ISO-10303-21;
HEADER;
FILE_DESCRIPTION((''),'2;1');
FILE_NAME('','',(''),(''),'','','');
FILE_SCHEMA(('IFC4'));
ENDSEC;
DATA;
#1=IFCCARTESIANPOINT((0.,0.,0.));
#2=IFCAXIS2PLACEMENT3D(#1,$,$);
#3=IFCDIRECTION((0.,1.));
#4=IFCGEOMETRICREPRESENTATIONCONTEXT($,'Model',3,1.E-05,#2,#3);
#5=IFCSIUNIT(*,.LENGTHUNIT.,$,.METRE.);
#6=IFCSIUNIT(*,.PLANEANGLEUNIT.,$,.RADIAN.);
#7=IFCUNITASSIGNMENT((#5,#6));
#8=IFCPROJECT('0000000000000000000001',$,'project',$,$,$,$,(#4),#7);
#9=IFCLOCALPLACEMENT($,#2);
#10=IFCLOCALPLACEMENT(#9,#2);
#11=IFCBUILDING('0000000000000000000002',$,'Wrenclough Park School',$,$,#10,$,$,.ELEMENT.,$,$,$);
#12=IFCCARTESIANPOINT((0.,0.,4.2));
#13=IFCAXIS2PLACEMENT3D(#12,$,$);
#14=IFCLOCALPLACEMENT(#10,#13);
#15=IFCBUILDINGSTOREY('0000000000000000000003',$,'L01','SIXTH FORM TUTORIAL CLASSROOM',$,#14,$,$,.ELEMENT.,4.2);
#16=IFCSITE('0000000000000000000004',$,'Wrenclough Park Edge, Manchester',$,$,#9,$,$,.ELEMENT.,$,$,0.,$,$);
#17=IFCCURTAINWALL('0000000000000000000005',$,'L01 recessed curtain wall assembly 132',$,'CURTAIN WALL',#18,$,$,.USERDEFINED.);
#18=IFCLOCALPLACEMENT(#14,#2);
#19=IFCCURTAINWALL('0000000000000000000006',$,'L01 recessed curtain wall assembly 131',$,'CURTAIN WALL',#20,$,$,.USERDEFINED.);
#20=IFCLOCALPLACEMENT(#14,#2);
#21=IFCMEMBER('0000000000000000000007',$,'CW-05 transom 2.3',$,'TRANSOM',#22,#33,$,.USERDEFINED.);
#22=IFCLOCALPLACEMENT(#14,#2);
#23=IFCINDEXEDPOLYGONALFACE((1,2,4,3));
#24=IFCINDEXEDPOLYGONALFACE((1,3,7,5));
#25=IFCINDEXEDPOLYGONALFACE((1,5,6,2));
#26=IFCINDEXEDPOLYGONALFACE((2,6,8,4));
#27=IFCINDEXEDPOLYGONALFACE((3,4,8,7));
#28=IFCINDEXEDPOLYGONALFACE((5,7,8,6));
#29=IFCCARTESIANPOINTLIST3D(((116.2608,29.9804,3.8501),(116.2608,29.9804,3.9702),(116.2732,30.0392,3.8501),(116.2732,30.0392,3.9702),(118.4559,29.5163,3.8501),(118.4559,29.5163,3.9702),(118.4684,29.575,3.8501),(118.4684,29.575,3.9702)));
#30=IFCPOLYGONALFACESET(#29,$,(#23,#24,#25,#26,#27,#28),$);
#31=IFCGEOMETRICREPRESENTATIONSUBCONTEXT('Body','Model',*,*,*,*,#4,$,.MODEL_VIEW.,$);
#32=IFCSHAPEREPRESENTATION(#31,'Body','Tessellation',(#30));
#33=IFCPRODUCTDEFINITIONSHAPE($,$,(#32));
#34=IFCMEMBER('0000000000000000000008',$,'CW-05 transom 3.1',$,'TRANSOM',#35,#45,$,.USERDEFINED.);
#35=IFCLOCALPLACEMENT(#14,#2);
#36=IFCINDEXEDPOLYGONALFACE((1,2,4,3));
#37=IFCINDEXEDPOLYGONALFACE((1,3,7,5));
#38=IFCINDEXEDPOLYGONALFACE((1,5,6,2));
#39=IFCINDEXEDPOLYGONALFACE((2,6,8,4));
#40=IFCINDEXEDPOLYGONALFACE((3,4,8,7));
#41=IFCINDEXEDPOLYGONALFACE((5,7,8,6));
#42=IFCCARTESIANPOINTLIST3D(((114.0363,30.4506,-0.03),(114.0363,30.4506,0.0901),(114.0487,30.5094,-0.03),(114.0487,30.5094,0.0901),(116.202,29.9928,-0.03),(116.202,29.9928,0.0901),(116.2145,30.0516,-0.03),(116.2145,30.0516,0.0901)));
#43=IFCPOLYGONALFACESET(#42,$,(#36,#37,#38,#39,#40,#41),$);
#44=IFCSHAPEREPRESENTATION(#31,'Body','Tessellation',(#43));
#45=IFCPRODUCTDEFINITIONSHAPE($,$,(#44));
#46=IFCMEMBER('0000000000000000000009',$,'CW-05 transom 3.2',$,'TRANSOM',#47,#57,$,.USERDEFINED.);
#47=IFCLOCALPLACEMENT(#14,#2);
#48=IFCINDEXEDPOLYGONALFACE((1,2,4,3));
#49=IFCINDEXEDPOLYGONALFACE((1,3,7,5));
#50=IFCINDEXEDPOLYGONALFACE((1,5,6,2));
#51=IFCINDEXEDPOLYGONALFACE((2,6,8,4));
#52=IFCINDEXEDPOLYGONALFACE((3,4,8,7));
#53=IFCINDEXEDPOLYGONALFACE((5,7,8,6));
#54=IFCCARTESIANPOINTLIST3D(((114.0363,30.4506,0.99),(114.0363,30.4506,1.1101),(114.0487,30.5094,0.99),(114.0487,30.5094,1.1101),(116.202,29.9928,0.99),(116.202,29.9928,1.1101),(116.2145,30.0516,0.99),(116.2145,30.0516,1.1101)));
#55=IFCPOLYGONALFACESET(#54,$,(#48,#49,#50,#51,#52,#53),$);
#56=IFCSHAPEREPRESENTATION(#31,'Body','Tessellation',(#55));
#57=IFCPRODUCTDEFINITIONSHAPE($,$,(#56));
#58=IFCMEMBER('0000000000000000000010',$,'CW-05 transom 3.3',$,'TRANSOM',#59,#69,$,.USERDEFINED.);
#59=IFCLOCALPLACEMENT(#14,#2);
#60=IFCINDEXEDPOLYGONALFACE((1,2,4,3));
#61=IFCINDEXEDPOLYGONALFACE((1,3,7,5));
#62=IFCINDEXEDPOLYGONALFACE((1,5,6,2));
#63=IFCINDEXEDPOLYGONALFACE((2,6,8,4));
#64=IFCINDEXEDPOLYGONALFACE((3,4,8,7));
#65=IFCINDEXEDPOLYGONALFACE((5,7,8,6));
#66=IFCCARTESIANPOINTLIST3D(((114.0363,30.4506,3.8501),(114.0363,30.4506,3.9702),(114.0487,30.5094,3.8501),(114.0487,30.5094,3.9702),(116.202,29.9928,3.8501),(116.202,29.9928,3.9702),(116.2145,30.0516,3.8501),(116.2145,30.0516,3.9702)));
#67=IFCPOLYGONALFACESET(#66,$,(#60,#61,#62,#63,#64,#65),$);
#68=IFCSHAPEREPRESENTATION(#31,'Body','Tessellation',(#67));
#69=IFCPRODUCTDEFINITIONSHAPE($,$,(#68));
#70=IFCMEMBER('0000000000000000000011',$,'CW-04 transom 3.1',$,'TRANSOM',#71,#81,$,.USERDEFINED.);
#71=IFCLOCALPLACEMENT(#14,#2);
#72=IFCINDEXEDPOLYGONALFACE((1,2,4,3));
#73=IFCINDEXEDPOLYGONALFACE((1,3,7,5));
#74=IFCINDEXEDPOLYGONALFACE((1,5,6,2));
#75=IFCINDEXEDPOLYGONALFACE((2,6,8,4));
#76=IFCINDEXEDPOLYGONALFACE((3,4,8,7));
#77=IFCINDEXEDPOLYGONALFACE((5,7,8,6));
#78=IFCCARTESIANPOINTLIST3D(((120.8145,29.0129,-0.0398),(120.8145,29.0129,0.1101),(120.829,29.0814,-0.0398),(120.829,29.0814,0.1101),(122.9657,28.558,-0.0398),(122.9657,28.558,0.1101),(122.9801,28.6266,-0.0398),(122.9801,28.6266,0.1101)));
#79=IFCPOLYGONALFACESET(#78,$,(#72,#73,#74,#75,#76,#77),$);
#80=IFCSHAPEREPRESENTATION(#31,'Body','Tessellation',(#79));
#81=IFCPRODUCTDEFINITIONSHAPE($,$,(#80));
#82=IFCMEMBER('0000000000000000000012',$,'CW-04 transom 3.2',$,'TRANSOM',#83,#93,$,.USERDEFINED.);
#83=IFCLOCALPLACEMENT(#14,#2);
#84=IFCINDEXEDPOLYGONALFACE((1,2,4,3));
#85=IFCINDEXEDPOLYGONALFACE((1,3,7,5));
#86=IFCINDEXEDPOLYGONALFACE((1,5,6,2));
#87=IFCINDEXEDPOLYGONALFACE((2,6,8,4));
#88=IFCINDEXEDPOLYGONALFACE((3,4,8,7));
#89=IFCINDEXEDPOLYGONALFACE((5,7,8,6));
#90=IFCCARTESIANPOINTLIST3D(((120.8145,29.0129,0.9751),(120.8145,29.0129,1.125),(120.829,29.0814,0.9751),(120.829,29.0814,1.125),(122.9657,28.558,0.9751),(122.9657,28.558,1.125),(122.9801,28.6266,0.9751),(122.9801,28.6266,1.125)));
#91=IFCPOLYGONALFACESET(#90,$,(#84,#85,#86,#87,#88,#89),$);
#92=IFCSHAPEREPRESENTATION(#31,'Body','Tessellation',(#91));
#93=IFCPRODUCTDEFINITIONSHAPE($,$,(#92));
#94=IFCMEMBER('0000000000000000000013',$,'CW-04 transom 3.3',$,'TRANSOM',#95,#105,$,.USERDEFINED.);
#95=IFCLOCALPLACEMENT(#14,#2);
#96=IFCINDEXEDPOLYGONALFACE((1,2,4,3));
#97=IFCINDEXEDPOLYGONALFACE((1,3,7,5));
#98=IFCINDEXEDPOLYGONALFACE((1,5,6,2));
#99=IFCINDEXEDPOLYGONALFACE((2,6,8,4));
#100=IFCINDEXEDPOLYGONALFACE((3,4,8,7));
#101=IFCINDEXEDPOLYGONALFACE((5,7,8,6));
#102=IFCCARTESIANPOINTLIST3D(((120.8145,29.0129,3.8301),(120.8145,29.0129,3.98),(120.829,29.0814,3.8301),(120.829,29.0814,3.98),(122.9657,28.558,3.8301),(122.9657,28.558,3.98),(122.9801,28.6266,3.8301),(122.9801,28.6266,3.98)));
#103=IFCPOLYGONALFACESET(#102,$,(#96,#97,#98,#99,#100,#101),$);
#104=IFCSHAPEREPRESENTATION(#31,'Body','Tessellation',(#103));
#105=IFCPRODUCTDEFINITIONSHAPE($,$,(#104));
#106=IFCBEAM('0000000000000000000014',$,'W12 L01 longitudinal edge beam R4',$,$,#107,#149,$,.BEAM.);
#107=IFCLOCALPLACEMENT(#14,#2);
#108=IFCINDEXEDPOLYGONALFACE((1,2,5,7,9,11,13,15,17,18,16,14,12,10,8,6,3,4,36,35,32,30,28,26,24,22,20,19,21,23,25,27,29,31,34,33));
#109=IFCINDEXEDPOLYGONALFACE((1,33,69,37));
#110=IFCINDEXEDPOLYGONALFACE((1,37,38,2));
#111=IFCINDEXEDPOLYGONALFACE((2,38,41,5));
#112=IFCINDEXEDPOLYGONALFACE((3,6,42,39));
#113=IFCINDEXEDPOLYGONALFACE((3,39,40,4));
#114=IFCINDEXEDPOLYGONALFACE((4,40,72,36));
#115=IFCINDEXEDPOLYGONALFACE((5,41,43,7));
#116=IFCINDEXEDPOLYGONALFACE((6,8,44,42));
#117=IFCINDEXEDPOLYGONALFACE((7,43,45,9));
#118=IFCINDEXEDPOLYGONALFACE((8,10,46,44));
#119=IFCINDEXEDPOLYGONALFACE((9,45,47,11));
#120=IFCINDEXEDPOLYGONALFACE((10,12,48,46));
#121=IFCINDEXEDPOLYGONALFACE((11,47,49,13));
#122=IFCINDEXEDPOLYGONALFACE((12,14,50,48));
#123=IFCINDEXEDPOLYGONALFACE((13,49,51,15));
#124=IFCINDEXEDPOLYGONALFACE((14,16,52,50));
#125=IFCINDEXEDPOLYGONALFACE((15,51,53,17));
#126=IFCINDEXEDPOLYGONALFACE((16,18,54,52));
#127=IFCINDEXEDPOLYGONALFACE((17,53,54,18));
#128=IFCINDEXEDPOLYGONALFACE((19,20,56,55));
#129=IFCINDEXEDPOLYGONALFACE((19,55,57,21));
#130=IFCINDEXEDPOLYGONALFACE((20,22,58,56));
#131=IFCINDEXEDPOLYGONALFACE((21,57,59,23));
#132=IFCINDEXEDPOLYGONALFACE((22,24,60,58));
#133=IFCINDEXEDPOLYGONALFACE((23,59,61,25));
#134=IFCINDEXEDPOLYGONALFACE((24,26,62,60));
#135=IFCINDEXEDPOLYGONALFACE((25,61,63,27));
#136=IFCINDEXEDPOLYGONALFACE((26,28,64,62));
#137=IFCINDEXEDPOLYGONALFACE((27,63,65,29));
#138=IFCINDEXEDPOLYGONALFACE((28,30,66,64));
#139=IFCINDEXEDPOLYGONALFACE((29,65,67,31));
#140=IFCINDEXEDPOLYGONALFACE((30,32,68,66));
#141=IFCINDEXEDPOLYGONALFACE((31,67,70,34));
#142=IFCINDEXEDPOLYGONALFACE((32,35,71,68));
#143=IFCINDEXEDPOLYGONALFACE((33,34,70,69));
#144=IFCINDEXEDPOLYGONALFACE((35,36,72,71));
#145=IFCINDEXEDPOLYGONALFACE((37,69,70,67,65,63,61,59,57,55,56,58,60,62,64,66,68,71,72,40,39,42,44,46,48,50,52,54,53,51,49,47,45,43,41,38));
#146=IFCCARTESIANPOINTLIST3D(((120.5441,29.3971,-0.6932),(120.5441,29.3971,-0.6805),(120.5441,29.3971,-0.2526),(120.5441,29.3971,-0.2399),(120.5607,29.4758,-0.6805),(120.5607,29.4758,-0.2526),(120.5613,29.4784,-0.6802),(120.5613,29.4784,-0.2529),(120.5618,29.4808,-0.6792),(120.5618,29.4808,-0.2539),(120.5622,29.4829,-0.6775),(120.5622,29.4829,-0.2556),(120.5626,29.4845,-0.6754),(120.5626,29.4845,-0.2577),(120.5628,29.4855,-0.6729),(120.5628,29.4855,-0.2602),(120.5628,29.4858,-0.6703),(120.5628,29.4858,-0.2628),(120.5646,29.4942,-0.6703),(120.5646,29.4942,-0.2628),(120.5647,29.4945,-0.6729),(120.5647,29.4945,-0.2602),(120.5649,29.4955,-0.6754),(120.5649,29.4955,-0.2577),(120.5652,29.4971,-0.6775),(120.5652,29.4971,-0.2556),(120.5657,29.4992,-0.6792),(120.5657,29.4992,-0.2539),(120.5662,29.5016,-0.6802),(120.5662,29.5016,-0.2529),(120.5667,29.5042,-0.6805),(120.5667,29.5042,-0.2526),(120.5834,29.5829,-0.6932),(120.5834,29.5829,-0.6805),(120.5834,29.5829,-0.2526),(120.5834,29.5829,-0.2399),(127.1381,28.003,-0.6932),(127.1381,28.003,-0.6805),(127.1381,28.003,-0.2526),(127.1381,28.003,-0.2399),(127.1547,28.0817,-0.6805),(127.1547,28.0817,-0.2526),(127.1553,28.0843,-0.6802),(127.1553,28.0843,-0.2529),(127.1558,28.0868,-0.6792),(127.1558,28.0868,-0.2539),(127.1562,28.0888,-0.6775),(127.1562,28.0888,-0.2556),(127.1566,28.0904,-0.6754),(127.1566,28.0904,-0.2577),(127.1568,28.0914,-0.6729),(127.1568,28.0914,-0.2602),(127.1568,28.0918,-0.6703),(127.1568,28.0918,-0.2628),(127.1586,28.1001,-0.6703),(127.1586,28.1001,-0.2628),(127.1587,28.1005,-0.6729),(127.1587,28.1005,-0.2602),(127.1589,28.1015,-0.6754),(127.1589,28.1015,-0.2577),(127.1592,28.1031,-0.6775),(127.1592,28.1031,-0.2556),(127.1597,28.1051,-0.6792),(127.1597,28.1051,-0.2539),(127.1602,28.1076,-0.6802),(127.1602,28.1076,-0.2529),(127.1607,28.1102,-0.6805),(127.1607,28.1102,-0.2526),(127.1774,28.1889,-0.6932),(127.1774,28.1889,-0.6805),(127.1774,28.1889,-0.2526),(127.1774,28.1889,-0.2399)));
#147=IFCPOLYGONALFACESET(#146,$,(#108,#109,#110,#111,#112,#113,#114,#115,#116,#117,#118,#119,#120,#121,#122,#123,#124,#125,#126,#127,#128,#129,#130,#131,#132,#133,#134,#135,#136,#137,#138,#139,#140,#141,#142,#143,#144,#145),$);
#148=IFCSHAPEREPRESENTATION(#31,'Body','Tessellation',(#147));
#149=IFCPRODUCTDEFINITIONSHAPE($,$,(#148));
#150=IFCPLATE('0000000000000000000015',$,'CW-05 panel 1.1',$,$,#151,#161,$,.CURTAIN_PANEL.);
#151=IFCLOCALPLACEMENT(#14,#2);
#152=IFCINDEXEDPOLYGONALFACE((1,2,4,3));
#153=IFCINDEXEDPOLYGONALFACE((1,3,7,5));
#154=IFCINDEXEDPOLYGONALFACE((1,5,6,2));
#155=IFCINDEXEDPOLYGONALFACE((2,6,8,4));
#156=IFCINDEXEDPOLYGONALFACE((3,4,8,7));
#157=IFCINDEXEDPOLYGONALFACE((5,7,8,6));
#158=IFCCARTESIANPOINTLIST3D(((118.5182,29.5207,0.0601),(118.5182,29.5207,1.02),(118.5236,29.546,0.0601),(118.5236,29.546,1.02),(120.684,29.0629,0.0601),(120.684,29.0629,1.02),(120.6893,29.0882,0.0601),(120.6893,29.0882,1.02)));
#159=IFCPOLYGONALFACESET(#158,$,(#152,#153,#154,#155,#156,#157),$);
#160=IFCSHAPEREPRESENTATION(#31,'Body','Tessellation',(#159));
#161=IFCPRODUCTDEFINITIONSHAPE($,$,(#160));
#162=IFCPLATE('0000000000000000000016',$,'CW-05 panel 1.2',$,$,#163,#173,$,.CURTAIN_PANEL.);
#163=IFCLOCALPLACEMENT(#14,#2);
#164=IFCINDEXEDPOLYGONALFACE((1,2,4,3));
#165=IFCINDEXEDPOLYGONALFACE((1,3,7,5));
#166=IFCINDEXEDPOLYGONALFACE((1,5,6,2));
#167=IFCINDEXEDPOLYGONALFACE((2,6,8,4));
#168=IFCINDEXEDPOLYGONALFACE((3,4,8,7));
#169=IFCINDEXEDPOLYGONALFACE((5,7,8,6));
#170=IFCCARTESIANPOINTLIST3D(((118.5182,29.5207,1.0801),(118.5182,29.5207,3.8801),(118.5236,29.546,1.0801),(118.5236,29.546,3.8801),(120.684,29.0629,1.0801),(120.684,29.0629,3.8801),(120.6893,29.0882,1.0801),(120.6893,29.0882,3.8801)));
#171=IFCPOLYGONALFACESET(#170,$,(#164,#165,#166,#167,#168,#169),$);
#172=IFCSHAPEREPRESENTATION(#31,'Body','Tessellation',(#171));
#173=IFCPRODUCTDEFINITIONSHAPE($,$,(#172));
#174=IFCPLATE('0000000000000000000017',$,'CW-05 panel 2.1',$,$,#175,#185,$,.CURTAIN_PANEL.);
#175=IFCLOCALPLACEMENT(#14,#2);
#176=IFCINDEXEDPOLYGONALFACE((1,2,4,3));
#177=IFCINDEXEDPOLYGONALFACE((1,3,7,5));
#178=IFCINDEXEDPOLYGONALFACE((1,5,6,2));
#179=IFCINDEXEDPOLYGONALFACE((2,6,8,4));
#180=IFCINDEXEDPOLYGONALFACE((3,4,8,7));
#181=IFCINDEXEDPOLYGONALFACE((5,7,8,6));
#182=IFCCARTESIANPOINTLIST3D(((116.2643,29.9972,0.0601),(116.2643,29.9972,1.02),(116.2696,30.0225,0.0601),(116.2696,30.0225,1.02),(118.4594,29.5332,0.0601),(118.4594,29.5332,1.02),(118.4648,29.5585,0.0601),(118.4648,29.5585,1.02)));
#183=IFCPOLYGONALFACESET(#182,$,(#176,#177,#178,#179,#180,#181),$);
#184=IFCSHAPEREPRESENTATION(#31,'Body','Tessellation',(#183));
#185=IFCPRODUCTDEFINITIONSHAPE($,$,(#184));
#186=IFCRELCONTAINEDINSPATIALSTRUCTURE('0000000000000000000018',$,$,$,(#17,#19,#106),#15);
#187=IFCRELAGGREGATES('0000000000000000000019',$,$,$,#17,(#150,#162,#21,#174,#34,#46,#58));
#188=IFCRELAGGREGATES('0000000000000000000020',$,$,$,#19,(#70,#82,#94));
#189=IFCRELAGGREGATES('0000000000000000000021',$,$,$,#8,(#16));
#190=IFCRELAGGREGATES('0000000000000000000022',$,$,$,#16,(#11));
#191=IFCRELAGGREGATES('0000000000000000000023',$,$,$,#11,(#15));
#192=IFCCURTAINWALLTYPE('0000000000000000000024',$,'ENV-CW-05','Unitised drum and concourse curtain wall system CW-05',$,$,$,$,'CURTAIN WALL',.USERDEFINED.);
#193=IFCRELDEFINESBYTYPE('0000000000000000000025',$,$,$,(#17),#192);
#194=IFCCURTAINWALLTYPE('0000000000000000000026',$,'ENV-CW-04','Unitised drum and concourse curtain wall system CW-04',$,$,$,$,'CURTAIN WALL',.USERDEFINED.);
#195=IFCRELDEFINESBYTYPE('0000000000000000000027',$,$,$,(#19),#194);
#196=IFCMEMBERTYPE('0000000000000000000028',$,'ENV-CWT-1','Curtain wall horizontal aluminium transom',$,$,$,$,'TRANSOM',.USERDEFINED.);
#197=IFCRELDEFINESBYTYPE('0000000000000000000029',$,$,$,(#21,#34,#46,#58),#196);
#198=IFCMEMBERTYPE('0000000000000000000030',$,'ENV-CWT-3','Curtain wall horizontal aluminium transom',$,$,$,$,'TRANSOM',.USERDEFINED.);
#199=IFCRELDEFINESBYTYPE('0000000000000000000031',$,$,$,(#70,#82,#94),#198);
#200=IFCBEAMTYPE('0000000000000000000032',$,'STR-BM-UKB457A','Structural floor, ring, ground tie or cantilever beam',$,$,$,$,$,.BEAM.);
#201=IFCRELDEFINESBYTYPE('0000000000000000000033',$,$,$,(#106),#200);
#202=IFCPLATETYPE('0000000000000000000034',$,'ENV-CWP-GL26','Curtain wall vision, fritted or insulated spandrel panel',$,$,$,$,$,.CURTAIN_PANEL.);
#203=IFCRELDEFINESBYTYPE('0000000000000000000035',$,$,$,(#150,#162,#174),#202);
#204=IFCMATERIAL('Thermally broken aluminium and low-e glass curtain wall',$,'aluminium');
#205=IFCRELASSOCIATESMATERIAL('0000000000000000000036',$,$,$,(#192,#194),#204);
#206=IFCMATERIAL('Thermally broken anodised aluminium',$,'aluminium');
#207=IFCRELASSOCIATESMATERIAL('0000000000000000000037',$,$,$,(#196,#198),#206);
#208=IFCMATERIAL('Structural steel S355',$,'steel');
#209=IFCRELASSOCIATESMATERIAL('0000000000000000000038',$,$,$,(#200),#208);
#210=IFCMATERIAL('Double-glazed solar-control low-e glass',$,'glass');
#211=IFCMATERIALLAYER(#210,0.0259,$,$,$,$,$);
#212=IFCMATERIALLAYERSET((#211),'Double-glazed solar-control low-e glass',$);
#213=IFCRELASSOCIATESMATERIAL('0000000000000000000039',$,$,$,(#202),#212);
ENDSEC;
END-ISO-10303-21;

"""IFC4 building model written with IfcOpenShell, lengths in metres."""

from ifc_helpers import new_model, si_unit, direction, frame, origin, origin_2d, place, context, subcontext, project, spatial, rectangle, i_section, extrude, material, layer, layer_set, material_profile, profile_set, type_object, element, aggregate, save


model = new_model("IFC4")

# Units and contexts
model_context = context("Model", 3, precision=1e-05, world=origin(), true_north=direction((0.0, 1.0)))
body_context = subcontext(model_context, "Body", "Model", "MODEL_VIEW")
ifc_project = project(units=[si_unit("LENGTHUNIT", "METRE"), si_unit("PLANEANGLEUNIT", "RADIAN")], contexts=[model_context])

# Site, building, storey
site_placement = place(None, origin())
site = spatial("IfcSite", under=ifc_project, at=site_placement, Name="Wrenclough Park Edge, Manchester", CompositionType="ELEMENT", RefElevation=0.0)
building_placement = place(site_placement, origin())
building = spatial("IfcBuilding", under=site, at=building_placement, Name="Wrenclough Park School", CompositionType="ELEMENT")
storey_placement = place(building_placement, frame((0.0, 0.0, 4.2)))
storey = spatial("IfcBuildingStorey", under=building, at=storey_placement, Name="L01", Description="SIXTH FORM TUTORIAL CLASSROOM", CompositionType="ELEMENT", Elevation=4.2)

# Shared definitions
ifc_material_1 = material(Name="Structural steel S355", Category="steel")

# Curtain walls
ifc_material_2 = material(Name="Thermally broken aluminium and low-e glass curtain wall", Category="aluminium")
curtain_wall_type_1 = type_object("IfcCurtainWallType", Name="ENV-CW-05", Description="Unitised drum and concourse curtain wall system CW-05", ElementType="CURTAIN WALL", PredefinedType="USERDEFINED", material=ifc_material_2)
curtain_wall_1_placement = place(storey_placement, origin())
curtain_wall_1 = element("IfcCurtainWall", 1, at=curtain_wall_1_placement, inside=storey, type_object=curtain_wall_type_1, Name="L01 recessed curtain wall assembly 132", ObjectType="CURTAIN WALL", PredefinedType="USERDEFINED")
ifc_material_3 = material(Name="Thermally broken anodised aluminium", Category="aluminium")
curtain_wall_type_2 = type_object("IfcCurtainWallType", Name="ENV-CW-04", Description="Unitised drum and concourse curtain wall system CW-04", ElementType="CURTAIN WALL", PredefinedType="USERDEFINED", material=ifc_material_2)
curtain_wall_2_placement = place(storey_placement, origin())
curtain_wall_2 = element("IfcCurtainWall", 2, at=curtain_wall_2_placement, inside=storey, type_object=curtain_wall_type_2, Name="L01 recessed curtain wall assembly 131", ObjectType="CURTAIN WALL", PredefinedType="USERDEFINED")

# Members
ifc_material_profile_1 = material_profile(ifc_material_3, rectangle(XDim=0.0601, YDim=0.1201, at=origin_2d()), Name="AL TRANSOM 60x120")
ifc_profile_set_1 = profile_set([ifc_material_profile_1], Name="Thermally broken anodised aluminium")
member_type_1 = type_object("IfcMemberType", Name="ENV-CWT-1", Description="Curtain wall horizontal aluminium transom", ElementType="TRANSOM", PredefinedType="USERDEFINED", material=ifc_profile_set_1)
member_1_placement = place(storey_placement, frame((118.4622, 29.5457, 3.9102), z_axis=(-0.97837, 0.20686, 0.0), x_axis=(-0.20686, -0.97837, 0.0)))
member_1 = element("IfcMember", 3, at=member_1_placement, type_object=member_type_1, Name="CW-05 transom 2.3", ObjectType="TRANSOM", PredefinedType="USERDEFINED", context=body_context, shape_type="SweptSolid", body=[
    extrude(rectangle(XDim=0.0601, YDim=0.1201, at=origin_2d()), origin(), (0.0, 0.0, 1.0), 2.2437),
])
member_2_placement = place(storey_placement, frame((116.2083, 30.0222, 0.03), z_axis=(-0.978384, 0.206794, 0.0), x_axis=(-0.206794, -0.978384, 0.0)))
member_2 = element("IfcMember", 4, at=member_2_placement, type_object=member_type_1, Name="CW-05 transom 3.1", ObjectType="TRANSOM", PredefinedType="USERDEFINED", context=body_context, shape_type="SweptSolid", body=[
    extrude(rectangle(XDim=0.0601, YDim=0.1201, at=origin_2d()), origin(), (0.0, 0.0, 1.0), 2.2136),
])
member_3_placement = place(storey_placement, frame((116.2083, 30.0222, 1.05), z_axis=(-0.978384, 0.206794, 0.0), x_axis=(-0.206794, -0.978384, 0.0)))
member_3 = element("IfcMember", 5, at=member_3_placement, type_object=member_type_1, Name="CW-05 transom 3.2", ObjectType="TRANSOM", PredefinedType="USERDEFINED", context=body_context, shape_type="SweptSolid", body=[
    extrude(rectangle(XDim=0.0601, YDim=0.1201, at=origin_2d()), origin(), (0.0, 0.0, 1.0), 2.2136),
])
member_4_placement = place(storey_placement, frame((116.2083, 30.0222, 3.9102), z_axis=(-0.978384, 0.206794, 0.0), x_axis=(-0.206794, -0.978384, 0.0)))
member_4 = element("IfcMember", 6, at=member_4_placement, type_object=member_type_1, Name="CW-05 transom 3.3", ObjectType="TRANSOM", PredefinedType="USERDEFINED", context=body_context, shape_type="SweptSolid", body=[
    extrude(rectangle(XDim=0.0601, YDim=0.1201, at=origin_2d()), origin(), (0.0, 0.0, 1.0), 2.2136),
])
ifc_material_profile_2 = material_profile(ifc_material_3, rectangle(XDim=0.0701, YDim=0.1499, at=origin_2d()), Name="AL TRANSOM 70x150")
ifc_profile_set_2 = profile_set([ifc_material_profile_2], Name="Thermally broken anodised aluminium")
member_type_2 = type_object("IfcMemberType", Name="ENV-CWT-3", Description="Curtain wall horizontal aluminium transom", ElementType="TRANSOM", PredefinedType="USERDEFINED", material=ifc_profile_set_2)
member_5_placement = place(storey_placement, frame((122.9729, 28.5923, 0.0352), z_axis=(-0.978369, 0.206867, 0.0), x_axis=(-0.206867, -0.978369, 0.0)))
member_5 = element("IfcMember", 7, at=member_5_placement, type_object=member_type_2, Name="CW-04 transom 3.1", ObjectType="TRANSOM", PredefinedType="USERDEFINED", context=body_context, shape_type="SweptSolid", body=[
    extrude(rectangle(XDim=0.0701, YDim=0.1499, at=origin_2d()), origin(), (0.0, 0.0, 1.0), 2.1987),
])
member_6_placement = place(storey_placement, frame((122.9729, 28.5923, 1.05), z_axis=(-0.978369, 0.206867, 0.0), x_axis=(-0.206867, -0.978369, 0.0)))
member_6 = element("IfcMember", 8, at=member_6_placement, type_object=member_type_2, Name="CW-04 transom 3.2", ObjectType="TRANSOM", PredefinedType="USERDEFINED", context=body_context, shape_type="SweptSolid", body=[
    extrude(rectangle(XDim=0.0701, YDim=0.1499, at=origin_2d()), origin(), (0.0, 0.0, 1.0), 2.1987),
])
member_7_placement = place(storey_placement, frame((122.9729, 28.5923, 3.905), z_axis=(-0.978369, 0.206867, 0.0), x_axis=(-0.206867, -0.978369, 0.0)))
member_7 = element("IfcMember", 9, at=member_7_placement, type_object=member_type_2, Name="CW-04 transom 3.3", ObjectType="TRANSOM", PredefinedType="USERDEFINED", context=body_context, shape_type="SweptSolid", body=[
    extrude(rectangle(XDim=0.0701, YDim=0.1499, at=origin_2d()), origin(), (0.0, 0.0, 1.0), 2.1987),
])

# Beam
ifc_material_profile_3 = material_profile(ifc_material_1, i_section(OverallWidth=0.1899, OverallDepth=0.4534, WebThickness=0.0085, FlangeThickness=0.0127, FilletRadius=0.0103, at=origin_2d()), Name="UKB 457x191x67")
ifc_profile_set_3 = profile_set([ifc_material_profile_3], Name="Structural steel S355")
beam_type = type_object("IfcBeamType", Name="STR-BM-UKB457A", Description="Structural floor, ring, ground tie or cantilever beam", PredefinedType="BEAM", material=ifc_profile_set_3)
beam_placement = place(storey_placement, frame((120.5637, 29.49, -0.4666), z_axis=(0.978375, -0.206839, 0.0), x_axis=(0.206839, 0.978375, 0.0)))
element("IfcBeam", 10, at=beam_placement, inside=storey, type_object=beam_type, Name="W12 L01 longitudinal edge beam R4", PredefinedType="BEAM", context=body_context, shape_type="SweptSolid", body=[
    extrude(i_section(OverallWidth=0.1899, OverallDepth=0.4534, WebThickness=0.0085, FlangeThickness=0.0127, FilletRadius=0.0103, at=origin_2d()), origin(), (0.0, 0.0, 1.0), 6.7397),
])

# Plates
ifc_material_4 = material(Name="Double-glazed solar-control low-e glass", Category="glass")
ifc_layer_1 = layer(ifc_material_4, 0.0259)
ifc_layer_set_1 = layer_set([ifc_layer_1], Name="Double-glazed solar-control low-e glass")
plate_type_1 = type_object("IfcPlateType", Name="ENV-CWP-GL26", Description="Curtain wall vision, fritted or insulated spandrel panel", PredefinedType="CURTAIN_PANEL", material=ifc_layer_set_1)
plate_1_placement = place(storey_placement, frame((119.6038, 29.3044, 0.0601), z_axis=(0.0, 0.0, 1.0), x_axis=(-0.97838, 0.206815, 0.0)))
plate_1 = element("IfcPlate", 11, at=plate_1_placement, type_object=plate_type_1, Name="CW-05 panel 1.1", PredefinedType="CURTAIN_PANEL", context=body_context, shape_type="SweptSolid", body=[
    extrude(rectangle(XDim=2.2136, YDim=0.0259, at=origin_2d()), origin(), (0.0, 0.0, 1.0), 0.96),
])
plate_2_placement = place(storey_placement, frame((119.6038, 29.3044, 1.0801), z_axis=(0.0, 0.0, 1.0), x_axis=(-0.97838, 0.206815, 0.0)))
plate_2 = element("IfcPlate", 12, at=plate_2_placement, type_object=plate_type_1, Name="CW-05 panel 1.2", PredefinedType="CURTAIN_PANEL", context=body_context, shape_type="SweptSolid", body=[
    extrude(rectangle(XDim=2.2136, YDim=0.0259, at=origin_2d()), origin(), (0.0, 0.0, 1.0), 2.8),
])
plate_3_placement = place(storey_placement, frame((117.3645, 29.7778, 0.0601), z_axis=(0.0, 0.0, 1.0), x_axis=(-0.97838, 0.206815, 0.0)))
plate_3 = element("IfcPlate", 13, at=plate_3_placement, type_object=plate_type_1, Name="CW-05 panel 2.1", PredefinedType="CURTAIN_PANEL", context=body_context, shape_type="SweptSolid", body=[
    extrude(rectangle(XDim=2.2437, YDim=0.0259, at=origin_2d()), origin(), (0.0, 0.0, 1.0), 0.96),
])
aggregate(curtain_wall_1, [plate_1, plate_2, member_1, plate_3, member_2, member_3, member_4])
aggregate(curtain_wall_2, [member_5, member_6, member_7])

save(model, "model.ifc")
